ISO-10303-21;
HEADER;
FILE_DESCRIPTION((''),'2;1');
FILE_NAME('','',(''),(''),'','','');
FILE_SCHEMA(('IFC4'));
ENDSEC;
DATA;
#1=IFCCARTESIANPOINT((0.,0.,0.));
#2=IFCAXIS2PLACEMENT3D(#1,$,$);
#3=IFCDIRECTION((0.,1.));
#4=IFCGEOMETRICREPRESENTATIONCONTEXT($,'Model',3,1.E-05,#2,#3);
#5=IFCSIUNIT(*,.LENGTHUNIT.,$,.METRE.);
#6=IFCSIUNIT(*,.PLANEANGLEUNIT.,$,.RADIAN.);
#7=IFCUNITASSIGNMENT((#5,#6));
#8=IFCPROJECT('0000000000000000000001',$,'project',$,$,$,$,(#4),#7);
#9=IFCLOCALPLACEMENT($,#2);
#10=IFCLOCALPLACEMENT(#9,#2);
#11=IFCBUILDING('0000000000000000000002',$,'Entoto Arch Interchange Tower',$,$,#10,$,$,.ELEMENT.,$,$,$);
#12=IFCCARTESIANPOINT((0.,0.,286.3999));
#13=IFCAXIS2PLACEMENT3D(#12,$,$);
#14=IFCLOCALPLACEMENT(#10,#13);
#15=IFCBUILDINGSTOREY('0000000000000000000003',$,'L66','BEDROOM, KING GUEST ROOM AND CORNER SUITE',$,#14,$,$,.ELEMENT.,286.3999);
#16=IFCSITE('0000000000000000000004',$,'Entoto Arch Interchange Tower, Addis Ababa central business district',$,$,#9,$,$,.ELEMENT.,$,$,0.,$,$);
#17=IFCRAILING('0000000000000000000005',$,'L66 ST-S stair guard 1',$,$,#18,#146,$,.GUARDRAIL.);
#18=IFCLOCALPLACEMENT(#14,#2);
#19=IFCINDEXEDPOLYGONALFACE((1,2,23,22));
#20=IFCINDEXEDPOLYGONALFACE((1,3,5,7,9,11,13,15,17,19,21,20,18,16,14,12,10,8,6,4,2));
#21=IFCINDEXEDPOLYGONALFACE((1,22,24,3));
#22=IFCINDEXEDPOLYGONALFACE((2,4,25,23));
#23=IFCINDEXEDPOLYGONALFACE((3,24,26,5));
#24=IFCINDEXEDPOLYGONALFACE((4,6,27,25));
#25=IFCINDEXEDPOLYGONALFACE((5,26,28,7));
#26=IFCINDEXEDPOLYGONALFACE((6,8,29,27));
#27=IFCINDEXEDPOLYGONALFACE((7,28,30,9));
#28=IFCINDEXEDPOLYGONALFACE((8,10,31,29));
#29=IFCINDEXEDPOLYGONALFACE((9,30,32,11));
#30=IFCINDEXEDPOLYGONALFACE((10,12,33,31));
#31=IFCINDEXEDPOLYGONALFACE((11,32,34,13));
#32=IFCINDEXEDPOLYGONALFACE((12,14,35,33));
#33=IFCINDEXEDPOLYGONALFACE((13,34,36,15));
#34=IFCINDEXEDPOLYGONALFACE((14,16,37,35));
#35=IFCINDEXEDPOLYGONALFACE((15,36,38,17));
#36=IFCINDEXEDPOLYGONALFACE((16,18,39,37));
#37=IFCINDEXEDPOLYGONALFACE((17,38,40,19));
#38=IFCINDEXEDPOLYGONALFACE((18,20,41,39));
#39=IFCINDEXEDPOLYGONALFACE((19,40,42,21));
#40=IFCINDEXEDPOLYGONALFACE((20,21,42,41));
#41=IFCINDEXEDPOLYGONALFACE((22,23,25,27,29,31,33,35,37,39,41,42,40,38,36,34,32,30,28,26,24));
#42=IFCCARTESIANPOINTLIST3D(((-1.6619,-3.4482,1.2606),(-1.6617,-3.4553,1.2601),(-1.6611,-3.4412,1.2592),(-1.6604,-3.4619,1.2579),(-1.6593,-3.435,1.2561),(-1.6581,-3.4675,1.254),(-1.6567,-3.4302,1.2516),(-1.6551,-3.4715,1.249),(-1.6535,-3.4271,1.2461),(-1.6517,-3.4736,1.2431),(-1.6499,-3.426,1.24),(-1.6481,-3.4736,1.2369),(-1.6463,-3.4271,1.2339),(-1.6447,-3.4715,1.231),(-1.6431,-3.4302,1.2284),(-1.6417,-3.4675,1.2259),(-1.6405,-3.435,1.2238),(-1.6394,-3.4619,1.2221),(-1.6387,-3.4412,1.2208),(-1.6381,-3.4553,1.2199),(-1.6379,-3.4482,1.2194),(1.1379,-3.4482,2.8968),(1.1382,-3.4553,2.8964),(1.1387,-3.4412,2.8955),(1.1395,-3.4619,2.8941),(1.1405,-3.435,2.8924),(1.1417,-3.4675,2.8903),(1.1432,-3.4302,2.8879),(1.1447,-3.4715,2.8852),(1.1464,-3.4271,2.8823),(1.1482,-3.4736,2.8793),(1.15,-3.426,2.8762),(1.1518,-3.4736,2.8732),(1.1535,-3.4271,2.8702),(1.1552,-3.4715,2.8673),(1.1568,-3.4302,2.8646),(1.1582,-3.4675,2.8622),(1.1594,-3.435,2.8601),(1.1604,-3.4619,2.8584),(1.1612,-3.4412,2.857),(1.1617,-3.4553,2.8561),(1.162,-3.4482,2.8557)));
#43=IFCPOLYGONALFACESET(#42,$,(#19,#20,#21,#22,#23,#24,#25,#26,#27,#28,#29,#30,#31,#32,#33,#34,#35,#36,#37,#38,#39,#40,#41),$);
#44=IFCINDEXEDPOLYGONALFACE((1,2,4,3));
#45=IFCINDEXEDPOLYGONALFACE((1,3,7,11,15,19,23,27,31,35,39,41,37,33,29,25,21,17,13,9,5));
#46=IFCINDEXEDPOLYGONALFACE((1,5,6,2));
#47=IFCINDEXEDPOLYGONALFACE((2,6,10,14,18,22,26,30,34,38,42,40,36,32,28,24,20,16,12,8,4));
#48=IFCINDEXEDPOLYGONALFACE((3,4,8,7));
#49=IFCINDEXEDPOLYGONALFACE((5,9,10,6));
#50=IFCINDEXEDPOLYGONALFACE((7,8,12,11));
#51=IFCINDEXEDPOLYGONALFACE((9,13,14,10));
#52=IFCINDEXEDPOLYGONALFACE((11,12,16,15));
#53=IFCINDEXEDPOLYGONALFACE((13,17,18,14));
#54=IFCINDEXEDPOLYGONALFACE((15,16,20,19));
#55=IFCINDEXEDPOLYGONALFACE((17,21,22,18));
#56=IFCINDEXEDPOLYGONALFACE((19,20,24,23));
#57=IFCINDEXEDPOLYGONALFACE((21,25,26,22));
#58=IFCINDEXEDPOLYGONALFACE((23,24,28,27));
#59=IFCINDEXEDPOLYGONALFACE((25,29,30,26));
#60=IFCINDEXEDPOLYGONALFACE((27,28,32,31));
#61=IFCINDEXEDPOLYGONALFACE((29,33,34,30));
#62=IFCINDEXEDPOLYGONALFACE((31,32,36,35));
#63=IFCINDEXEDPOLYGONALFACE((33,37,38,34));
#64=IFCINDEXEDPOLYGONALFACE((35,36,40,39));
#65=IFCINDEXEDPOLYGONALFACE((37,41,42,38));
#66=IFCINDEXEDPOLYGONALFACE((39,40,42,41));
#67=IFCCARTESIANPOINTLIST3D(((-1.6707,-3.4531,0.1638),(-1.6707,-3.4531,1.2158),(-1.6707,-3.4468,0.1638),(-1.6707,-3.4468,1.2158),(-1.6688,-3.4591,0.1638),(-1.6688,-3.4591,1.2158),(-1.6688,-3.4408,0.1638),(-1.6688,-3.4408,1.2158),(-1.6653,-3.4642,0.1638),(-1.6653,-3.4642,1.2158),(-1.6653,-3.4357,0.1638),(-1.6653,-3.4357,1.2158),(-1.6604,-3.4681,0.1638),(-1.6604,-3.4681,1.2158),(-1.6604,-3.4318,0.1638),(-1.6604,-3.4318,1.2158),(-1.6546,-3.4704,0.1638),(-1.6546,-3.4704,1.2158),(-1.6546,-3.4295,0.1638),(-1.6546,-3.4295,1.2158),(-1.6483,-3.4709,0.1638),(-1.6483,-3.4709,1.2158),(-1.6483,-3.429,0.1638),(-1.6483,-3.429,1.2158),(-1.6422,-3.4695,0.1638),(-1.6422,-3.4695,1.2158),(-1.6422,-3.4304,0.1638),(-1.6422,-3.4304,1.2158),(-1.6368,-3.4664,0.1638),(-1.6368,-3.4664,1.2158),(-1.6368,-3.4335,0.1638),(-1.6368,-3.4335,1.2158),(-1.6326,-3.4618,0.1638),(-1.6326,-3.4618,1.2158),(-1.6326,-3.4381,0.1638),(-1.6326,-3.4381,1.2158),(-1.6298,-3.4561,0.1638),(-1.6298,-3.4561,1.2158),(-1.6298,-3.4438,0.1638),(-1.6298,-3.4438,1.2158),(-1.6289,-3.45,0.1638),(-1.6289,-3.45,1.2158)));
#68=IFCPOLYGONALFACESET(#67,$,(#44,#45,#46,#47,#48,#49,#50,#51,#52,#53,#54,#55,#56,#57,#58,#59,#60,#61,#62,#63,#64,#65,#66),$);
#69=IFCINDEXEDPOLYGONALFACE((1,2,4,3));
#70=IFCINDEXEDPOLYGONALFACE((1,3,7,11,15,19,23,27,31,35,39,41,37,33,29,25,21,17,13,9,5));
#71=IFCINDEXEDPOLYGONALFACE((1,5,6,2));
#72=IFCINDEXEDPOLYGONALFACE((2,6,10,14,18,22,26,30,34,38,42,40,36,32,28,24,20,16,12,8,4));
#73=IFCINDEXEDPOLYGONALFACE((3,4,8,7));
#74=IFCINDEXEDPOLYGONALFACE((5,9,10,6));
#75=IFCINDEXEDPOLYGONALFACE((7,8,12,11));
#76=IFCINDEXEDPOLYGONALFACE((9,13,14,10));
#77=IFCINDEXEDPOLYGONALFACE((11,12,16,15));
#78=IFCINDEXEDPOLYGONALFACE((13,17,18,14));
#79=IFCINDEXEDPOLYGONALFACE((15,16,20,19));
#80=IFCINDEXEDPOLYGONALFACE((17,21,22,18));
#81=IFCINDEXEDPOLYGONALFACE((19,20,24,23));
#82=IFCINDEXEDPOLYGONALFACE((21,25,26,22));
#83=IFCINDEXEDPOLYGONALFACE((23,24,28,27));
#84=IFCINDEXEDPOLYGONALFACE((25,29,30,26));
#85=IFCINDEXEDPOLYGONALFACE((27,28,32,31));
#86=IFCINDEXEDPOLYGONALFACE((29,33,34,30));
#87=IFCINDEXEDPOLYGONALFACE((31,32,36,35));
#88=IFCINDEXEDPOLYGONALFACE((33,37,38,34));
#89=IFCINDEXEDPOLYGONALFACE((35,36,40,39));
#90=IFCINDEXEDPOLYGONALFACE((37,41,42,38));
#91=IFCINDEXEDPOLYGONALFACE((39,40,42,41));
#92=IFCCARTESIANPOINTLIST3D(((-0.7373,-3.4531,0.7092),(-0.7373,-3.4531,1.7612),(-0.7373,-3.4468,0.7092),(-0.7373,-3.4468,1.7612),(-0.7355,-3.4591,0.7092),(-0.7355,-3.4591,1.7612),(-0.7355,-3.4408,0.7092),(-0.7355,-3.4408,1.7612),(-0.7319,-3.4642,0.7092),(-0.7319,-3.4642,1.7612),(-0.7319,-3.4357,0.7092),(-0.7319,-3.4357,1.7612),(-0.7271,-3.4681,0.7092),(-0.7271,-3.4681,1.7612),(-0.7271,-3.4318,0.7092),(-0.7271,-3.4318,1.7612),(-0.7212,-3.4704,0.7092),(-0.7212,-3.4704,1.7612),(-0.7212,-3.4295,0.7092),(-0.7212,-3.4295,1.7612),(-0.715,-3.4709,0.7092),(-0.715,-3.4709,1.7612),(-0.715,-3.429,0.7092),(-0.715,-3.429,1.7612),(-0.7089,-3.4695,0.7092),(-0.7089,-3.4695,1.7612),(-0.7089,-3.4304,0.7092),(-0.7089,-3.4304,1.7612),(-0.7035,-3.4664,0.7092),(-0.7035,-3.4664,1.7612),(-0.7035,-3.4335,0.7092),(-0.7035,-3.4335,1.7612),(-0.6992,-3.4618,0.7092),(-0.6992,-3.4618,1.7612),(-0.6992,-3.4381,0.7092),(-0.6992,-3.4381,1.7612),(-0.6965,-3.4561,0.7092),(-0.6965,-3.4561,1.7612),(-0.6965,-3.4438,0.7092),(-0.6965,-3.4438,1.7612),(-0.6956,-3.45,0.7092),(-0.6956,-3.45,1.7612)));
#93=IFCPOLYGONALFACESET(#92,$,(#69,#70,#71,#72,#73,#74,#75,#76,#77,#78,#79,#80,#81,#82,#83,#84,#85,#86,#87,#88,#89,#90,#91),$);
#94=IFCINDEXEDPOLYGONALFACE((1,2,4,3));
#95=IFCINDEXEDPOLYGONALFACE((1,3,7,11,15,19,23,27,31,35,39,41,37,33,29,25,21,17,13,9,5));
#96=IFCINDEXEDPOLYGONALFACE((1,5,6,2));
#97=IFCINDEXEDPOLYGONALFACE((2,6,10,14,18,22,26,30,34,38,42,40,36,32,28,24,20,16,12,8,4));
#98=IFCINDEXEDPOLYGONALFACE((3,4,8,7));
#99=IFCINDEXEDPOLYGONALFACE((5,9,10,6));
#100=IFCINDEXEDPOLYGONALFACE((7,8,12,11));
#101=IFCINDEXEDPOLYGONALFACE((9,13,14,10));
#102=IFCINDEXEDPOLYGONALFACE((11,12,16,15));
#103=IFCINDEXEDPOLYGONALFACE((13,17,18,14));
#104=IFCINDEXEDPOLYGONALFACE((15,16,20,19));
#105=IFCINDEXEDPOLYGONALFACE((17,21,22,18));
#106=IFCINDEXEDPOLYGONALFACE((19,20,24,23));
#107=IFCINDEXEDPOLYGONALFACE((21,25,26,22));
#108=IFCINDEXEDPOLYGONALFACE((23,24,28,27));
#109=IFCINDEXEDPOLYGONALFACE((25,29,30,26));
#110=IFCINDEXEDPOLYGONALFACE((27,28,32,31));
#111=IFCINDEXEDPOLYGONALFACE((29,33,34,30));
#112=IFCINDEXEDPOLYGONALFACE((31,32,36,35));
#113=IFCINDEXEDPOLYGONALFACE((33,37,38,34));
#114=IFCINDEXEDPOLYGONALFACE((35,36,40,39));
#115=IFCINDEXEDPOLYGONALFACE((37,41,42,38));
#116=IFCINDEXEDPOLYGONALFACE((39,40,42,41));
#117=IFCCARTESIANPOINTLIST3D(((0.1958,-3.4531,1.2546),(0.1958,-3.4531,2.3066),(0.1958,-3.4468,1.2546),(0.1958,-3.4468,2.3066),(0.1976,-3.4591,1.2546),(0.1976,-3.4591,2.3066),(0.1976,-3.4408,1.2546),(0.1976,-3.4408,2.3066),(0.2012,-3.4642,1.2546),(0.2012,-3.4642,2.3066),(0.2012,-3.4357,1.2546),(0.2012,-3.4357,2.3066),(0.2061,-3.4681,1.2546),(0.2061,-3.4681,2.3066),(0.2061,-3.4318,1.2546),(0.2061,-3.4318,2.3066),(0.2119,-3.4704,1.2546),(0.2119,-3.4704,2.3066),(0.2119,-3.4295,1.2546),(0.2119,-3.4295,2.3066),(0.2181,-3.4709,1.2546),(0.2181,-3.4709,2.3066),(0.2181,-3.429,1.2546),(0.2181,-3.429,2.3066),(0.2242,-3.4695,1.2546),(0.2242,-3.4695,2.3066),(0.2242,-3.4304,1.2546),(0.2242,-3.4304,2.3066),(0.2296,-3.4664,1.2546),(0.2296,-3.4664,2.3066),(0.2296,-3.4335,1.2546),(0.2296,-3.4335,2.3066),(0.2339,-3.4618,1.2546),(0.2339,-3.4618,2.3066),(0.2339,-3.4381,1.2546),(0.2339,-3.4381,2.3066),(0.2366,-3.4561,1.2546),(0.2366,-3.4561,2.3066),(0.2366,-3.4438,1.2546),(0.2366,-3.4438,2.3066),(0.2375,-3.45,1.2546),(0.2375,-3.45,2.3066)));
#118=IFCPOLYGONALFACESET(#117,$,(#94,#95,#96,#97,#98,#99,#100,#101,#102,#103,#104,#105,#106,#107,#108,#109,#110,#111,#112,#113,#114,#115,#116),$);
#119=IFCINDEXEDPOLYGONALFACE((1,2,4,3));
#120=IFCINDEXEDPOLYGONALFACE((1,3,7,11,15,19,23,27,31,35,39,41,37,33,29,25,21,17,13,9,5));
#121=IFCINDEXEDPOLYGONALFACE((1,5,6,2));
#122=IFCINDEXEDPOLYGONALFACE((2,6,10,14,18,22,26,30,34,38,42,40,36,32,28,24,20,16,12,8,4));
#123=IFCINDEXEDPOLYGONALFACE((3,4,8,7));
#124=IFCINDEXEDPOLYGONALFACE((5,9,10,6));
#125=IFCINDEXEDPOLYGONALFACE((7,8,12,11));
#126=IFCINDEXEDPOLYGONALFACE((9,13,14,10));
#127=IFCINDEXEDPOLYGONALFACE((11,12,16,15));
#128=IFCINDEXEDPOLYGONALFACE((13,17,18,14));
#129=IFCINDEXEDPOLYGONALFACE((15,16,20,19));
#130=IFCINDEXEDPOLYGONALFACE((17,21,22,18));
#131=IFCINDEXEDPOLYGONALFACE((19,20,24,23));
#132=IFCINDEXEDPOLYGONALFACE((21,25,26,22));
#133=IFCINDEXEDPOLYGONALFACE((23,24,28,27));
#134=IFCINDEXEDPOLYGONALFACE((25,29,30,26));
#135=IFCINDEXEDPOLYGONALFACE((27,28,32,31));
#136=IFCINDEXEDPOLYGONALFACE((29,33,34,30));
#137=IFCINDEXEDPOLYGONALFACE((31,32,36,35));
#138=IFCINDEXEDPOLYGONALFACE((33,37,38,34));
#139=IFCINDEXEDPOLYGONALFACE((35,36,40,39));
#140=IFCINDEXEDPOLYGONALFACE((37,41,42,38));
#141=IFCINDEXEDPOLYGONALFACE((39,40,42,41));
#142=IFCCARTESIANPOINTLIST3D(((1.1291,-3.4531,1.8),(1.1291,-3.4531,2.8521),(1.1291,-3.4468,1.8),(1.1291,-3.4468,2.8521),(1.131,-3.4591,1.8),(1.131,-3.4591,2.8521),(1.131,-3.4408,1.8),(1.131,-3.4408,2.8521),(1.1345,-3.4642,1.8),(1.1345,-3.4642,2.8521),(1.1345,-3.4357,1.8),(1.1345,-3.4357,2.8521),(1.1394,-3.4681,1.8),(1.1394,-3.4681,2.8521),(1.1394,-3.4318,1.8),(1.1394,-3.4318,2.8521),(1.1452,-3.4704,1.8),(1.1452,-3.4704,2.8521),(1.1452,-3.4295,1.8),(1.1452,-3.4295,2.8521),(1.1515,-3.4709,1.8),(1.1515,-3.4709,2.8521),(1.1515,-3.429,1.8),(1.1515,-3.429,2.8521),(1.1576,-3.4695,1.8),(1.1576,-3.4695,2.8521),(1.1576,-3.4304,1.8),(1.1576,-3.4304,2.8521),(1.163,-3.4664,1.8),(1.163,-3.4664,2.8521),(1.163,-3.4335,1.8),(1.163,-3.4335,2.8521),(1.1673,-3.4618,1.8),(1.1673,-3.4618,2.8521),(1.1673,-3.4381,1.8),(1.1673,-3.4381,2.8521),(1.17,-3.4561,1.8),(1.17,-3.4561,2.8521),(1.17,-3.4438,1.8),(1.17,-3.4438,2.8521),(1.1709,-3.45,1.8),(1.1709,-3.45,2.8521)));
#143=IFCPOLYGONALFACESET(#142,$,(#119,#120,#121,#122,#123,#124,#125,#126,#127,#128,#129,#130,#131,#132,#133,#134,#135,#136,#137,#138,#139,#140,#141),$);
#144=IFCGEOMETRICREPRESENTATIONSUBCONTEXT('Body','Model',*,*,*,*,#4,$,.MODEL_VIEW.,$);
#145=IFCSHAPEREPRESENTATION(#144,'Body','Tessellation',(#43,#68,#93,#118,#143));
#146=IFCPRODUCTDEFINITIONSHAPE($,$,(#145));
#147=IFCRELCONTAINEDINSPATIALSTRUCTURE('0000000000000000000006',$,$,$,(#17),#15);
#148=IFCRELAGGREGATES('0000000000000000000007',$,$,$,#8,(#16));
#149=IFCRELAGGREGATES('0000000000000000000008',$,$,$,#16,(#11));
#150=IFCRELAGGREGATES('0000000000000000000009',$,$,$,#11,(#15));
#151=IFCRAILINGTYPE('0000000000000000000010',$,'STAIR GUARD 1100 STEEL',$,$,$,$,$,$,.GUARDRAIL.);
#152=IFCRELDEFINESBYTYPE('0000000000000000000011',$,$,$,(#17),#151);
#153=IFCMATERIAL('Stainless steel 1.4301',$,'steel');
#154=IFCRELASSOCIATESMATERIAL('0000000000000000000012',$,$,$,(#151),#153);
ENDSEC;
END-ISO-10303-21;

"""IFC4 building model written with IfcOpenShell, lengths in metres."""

from ifc_helpers import new_model, si_unit, direction, frame, origin, origin_2d, place, context, subcontext, project, spatial, circle, extrude, material, type_object, element, save


model = new_model("IFC4")

# Units and contexts
model_context = context("Model", 3, precision=1e-05, world=origin(), true_north=direction((0.0, 1.0)))
body_context = subcontext(model_context, "Body", "Model", "MODEL_VIEW")
ifc_project = project(units=[si_unit("LENGTHUNIT", "METRE"), si_unit("PLANEANGLEUNIT", "RADIAN")], contexts=[model_context])

# Site, building, storey
site_placement = place(None, origin())
site = spatial("IfcSite", under=ifc_project, at=site_placement, Name="Entoto Arch Interchange Tower, Addis Ababa central business district", CompositionType="ELEMENT", RefElevation=0.0)
building_placement = place(site_placement, origin())
building = spatial("IfcBuilding", under=site, at=building_placement, Name="Entoto Arch Interchange Tower", CompositionType="ELEMENT")
storey_placement = place(building_placement, frame((0.0, 0.0, 286.3999)))
storey = spatial("IfcBuildingStorey", under=building, at=storey_placement, Name="L66", Description="BEDROOM, KING GUEST ROOM AND CORNER SUITE", CompositionType="ELEMENT", Elevation=286.3999)

# Railing
ifc_material_1 = material(Name="Stainless steel 1.4301", Category="steel")
railing_type_1 = type_object("IfcRailingType", Name="STAIR GUARD 1100 STEEL", PredefinedType="GUARDRAIL", material=ifc_material_1)
railing_1_placement = place(storey_placement, frame((-1.6499, -3.45, 0.1638)))
element("IfcRailing", 1, at=railing_1_placement, inside=storey, type_object=railing_type_1, Name="L66 ST-S stair guard 1", PredefinedType="GUARDRAIL", context=body_context, shape_type="SweptSolid", body=[
    extrude(circle(Radius=0.0239, at=origin_2d()), frame((0.0, 0.0, 1.0762), z_axis=(0.863374, 0.0, 0.504564), x_axis=(0.0, 1.0, 0.0)), (0.0, 0.0, 1.0), 3.2429),
    extrude(circle(Radius=0.021, at=origin_2d()), origin(), (0.0, 0.0, 1.0), 1.052),
    extrude(circle(Radius=0.021, at=origin_2d()), frame((0.9333, 0.0, 0.5454)), (0.0, 0.0, 1.0), 1.052),
    extrude(circle(Radius=0.021, at=origin_2d()), frame((1.8665, 0.0, 1.0908)), (0.0, 0.0, 1.0), 1.052),
    extrude(circle(Radius=0.021, at=origin_2d()), frame((2.7998, 0.0, 1.6362)), (0.0, 0.0, 1.0), 1.052),
])

save(model, "model.ifc")
